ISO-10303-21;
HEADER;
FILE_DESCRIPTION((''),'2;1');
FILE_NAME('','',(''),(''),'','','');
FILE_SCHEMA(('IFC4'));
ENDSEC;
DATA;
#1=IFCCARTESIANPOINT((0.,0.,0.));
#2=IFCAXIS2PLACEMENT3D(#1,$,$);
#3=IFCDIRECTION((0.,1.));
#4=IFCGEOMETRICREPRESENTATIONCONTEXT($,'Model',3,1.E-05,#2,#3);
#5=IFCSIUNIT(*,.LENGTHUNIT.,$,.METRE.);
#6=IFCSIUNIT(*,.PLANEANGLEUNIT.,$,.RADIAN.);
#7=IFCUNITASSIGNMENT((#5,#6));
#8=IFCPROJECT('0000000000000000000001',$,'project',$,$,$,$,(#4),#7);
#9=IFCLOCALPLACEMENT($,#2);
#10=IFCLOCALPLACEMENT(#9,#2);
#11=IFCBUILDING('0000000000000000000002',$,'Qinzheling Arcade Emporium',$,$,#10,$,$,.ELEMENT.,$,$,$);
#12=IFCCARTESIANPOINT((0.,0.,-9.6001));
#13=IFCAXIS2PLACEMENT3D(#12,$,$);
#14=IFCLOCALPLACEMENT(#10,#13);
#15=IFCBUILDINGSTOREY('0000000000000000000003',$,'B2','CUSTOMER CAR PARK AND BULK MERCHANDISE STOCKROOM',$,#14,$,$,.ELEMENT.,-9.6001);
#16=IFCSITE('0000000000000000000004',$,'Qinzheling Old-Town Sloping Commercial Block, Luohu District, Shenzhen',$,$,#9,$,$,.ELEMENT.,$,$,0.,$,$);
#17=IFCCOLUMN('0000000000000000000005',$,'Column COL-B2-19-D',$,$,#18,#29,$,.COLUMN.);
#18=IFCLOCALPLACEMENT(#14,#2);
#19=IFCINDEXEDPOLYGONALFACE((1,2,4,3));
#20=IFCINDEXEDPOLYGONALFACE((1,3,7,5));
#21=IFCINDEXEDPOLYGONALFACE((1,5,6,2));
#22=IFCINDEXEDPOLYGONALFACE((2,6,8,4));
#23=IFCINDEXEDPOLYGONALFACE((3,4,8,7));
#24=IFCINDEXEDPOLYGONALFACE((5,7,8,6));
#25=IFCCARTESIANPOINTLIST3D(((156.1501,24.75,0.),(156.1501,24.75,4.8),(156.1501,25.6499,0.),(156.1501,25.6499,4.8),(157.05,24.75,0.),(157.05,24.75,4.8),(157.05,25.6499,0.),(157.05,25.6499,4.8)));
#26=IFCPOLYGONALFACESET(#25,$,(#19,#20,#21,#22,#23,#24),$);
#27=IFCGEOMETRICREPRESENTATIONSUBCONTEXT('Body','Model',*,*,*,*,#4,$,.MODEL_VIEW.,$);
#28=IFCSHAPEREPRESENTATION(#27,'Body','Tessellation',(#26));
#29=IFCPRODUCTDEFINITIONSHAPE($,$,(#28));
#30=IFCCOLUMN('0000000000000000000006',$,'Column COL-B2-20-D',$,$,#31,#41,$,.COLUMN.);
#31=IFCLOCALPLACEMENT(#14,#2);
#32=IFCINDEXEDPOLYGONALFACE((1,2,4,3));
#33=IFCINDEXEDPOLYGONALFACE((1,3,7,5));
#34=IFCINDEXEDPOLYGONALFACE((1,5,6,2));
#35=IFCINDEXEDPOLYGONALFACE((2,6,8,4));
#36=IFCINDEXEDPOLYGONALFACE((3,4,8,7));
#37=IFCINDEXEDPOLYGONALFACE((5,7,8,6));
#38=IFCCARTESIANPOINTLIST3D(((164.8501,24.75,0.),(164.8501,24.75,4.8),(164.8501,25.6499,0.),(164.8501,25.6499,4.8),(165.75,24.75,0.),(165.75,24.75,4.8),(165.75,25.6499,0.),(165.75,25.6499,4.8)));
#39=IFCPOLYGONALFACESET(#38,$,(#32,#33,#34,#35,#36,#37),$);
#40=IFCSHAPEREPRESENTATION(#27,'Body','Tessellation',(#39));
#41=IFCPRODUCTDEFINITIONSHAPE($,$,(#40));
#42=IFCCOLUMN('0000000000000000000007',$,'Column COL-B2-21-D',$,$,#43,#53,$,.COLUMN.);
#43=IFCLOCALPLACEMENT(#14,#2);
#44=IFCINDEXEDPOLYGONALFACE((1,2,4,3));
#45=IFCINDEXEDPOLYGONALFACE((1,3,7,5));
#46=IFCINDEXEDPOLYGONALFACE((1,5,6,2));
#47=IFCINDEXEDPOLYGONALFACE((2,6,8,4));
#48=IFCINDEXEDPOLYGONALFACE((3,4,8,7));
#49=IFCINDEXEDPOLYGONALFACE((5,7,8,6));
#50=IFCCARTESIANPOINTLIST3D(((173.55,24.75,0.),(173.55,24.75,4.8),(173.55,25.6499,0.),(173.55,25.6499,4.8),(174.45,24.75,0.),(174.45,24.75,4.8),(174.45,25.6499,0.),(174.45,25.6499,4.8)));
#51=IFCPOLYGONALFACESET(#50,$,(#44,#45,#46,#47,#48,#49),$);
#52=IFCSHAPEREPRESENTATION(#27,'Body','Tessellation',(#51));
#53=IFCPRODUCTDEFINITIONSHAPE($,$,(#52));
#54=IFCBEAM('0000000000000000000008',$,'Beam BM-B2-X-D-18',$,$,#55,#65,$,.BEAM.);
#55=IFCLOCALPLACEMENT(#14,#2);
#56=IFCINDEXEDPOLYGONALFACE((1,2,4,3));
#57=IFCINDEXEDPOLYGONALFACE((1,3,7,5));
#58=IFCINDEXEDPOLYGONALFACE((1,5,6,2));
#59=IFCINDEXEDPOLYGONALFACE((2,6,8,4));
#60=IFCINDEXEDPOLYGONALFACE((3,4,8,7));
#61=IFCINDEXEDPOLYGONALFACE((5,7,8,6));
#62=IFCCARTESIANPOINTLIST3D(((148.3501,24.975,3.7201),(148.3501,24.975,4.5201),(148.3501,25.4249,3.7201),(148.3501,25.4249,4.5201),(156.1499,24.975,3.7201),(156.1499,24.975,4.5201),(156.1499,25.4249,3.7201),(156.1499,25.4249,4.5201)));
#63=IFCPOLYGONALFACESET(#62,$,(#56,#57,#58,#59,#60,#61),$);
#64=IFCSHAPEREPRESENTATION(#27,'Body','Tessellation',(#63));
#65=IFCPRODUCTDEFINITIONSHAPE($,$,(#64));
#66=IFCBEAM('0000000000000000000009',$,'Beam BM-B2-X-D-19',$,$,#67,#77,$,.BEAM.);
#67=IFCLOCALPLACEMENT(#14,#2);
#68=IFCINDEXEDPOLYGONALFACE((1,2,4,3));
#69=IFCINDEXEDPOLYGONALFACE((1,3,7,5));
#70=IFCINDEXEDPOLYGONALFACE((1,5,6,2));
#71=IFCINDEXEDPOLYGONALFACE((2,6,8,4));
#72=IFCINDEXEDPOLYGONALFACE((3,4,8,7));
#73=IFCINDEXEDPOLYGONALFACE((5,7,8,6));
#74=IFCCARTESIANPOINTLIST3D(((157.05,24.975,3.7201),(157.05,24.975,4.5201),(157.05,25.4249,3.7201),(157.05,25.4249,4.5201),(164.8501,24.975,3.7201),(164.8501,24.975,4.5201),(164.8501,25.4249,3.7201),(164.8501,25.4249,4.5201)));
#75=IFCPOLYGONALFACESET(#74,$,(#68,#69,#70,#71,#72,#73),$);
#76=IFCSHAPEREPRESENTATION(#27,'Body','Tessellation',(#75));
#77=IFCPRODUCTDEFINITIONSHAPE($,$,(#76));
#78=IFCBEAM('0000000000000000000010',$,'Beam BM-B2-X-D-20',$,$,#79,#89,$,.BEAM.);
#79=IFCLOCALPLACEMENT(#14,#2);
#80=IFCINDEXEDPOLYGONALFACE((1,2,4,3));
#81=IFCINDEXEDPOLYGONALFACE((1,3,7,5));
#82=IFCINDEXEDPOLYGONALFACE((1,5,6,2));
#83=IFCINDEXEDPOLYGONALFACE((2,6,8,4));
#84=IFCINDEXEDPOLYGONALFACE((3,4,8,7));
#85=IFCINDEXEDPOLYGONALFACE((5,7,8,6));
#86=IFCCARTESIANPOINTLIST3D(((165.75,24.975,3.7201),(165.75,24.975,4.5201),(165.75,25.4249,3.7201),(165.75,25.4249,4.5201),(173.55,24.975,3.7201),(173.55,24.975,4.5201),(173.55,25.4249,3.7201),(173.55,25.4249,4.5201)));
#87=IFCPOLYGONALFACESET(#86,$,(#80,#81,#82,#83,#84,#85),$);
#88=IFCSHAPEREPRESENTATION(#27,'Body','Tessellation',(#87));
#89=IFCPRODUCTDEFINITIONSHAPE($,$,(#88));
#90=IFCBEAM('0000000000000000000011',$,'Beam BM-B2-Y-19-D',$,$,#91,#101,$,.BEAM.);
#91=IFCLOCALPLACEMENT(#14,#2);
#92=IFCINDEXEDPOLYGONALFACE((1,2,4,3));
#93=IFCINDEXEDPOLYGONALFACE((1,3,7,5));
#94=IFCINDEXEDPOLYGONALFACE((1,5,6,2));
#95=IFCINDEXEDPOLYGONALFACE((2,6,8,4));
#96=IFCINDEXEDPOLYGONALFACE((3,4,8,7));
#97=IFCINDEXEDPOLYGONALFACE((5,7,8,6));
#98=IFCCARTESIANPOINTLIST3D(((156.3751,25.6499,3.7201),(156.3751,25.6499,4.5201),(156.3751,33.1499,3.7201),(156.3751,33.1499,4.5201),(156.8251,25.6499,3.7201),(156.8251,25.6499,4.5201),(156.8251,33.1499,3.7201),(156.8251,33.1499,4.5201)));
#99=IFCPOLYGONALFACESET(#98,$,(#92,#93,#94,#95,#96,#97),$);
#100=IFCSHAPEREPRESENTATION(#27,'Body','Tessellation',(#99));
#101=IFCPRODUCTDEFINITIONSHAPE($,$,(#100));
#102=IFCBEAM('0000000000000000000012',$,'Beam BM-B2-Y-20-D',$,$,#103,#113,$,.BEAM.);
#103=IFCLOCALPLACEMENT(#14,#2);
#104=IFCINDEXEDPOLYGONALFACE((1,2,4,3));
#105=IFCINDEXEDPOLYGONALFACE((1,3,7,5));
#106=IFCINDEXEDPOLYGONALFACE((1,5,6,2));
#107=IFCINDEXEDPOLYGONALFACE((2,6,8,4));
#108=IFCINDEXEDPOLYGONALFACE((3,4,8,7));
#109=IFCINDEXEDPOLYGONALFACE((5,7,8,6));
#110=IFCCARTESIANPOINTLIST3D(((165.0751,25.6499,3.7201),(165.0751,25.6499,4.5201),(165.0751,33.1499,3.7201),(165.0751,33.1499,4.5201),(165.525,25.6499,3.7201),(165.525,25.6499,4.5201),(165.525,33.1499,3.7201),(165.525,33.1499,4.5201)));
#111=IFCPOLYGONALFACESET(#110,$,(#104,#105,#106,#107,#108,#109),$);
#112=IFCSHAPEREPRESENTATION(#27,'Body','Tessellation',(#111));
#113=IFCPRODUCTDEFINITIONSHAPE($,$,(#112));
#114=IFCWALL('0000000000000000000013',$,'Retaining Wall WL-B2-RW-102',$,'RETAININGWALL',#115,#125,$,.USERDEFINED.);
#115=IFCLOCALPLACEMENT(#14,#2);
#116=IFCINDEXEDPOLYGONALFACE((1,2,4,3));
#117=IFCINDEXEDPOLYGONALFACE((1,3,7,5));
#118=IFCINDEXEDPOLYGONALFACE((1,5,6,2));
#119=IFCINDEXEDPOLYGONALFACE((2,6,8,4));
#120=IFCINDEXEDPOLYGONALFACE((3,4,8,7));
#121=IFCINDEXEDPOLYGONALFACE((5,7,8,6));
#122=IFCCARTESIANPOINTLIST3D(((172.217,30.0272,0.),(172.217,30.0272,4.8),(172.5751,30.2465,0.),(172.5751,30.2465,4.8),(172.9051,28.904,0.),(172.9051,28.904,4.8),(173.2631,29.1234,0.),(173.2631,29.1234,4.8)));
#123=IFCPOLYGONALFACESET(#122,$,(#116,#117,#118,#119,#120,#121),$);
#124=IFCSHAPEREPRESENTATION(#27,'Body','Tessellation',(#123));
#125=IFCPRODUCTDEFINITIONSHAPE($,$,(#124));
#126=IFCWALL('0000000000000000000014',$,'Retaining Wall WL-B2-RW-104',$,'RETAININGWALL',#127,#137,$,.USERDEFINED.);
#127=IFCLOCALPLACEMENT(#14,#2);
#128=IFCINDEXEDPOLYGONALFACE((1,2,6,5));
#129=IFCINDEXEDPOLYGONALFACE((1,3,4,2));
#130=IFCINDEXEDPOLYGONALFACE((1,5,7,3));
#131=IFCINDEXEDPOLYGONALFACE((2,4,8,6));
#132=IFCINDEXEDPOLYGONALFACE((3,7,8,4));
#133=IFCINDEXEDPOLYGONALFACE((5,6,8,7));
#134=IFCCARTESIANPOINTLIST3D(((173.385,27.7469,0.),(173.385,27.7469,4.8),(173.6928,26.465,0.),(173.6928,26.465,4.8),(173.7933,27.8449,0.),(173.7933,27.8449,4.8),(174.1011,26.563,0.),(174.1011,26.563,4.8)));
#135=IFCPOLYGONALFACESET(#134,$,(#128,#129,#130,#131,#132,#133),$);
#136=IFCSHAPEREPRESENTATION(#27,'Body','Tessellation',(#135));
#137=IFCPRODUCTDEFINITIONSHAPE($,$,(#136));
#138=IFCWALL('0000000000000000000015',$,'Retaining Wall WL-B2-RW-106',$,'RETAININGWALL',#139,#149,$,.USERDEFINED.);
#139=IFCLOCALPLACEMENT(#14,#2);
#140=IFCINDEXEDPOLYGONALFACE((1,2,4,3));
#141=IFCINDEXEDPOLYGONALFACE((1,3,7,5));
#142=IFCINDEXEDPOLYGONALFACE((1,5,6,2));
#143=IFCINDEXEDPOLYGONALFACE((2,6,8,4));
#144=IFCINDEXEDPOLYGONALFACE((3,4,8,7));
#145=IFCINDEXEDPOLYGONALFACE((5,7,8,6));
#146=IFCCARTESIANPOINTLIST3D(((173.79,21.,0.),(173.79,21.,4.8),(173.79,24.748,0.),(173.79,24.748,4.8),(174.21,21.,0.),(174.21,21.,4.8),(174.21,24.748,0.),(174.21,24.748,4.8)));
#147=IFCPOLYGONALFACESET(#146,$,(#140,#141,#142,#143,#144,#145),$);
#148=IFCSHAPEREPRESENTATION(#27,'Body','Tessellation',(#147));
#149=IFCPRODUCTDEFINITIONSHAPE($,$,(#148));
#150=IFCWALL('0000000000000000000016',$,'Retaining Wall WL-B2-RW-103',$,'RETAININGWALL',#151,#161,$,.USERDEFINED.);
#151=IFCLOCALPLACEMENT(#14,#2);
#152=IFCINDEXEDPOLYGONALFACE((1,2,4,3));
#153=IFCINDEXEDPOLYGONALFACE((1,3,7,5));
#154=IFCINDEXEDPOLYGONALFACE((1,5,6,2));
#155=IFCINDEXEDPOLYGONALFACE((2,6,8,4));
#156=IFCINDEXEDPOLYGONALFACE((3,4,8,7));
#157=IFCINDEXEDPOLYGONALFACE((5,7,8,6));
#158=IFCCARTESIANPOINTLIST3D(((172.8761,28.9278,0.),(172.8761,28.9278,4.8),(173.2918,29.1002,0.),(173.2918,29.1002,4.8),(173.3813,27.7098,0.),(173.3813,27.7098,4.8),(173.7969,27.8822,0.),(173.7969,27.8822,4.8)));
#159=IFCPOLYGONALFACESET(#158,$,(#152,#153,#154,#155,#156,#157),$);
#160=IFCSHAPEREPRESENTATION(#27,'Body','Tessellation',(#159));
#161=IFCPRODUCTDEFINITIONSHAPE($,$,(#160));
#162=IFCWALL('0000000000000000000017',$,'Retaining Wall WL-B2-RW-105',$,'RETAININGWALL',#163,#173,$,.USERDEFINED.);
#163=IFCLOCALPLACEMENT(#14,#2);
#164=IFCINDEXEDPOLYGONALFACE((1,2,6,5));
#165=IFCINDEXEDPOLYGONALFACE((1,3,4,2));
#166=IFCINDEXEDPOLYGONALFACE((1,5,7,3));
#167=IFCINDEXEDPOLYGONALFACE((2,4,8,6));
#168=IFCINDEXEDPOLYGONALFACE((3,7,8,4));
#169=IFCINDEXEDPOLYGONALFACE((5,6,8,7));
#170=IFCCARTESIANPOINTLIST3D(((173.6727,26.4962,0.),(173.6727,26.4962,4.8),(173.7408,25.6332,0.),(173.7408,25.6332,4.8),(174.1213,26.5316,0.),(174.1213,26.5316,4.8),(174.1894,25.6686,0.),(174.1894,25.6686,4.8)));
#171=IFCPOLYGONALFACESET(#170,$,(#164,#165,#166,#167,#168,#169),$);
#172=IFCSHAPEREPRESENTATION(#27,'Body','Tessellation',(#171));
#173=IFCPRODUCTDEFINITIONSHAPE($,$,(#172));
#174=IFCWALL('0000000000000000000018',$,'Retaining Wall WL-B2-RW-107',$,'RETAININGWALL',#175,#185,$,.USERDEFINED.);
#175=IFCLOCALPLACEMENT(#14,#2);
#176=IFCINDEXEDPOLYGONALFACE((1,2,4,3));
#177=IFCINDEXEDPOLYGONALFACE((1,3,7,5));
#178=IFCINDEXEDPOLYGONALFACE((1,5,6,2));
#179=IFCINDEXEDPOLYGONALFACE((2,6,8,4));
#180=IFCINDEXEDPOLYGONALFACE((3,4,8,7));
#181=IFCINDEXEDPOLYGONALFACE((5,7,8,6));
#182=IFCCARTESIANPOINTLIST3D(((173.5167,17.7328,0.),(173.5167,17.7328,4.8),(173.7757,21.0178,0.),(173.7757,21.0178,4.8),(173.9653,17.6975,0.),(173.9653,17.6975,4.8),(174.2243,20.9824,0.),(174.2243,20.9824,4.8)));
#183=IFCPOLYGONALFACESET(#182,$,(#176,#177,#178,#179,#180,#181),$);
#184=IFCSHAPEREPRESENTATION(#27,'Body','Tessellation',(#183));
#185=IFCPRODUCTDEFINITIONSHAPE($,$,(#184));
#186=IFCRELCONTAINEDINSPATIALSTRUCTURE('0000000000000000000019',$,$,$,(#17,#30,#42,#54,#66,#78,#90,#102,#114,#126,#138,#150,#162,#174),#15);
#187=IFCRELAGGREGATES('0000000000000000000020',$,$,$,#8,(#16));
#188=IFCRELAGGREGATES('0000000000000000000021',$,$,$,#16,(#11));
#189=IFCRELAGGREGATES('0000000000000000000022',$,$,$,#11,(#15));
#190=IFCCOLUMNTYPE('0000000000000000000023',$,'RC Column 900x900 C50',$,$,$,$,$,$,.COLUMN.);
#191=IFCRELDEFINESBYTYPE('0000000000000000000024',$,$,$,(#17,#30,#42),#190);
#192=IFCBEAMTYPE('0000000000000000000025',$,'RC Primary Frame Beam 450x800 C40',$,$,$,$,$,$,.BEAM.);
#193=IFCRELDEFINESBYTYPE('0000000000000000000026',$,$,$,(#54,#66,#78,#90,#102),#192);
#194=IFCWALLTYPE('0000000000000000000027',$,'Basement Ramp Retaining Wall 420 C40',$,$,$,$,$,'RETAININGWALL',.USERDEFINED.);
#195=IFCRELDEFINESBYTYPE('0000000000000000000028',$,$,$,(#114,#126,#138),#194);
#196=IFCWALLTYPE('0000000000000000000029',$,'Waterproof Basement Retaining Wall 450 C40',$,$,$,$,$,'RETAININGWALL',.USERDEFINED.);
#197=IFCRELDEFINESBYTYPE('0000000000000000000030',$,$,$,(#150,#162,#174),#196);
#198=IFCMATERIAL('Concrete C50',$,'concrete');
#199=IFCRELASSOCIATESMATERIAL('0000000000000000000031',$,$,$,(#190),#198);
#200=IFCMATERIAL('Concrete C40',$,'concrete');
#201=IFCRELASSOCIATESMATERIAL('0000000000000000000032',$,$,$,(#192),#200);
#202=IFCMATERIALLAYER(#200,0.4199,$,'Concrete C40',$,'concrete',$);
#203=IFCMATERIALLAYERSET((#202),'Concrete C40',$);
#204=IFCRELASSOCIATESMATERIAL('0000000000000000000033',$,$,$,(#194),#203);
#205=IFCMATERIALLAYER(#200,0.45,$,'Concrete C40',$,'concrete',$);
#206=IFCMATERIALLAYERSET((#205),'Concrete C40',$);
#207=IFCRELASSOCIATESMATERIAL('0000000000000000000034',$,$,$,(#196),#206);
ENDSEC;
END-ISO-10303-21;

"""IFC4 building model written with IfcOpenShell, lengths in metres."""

from ifc_helpers import new_model, si_unit, direction, frame, frame_2d, origin, origin_2d, place, context, subcontext, project, spatial, rectangle, extrude, material, layer, layer_set, material_profile, profile_set, type_object, element, save


model = new_model("IFC4")

# Units and contexts
model_context = context("Model", 3, precision=1e-05, world=origin(), true_north=direction((0.0, 1.0)))
body_context = subcontext(model_context, "Body", "Model", "MODEL_VIEW")
ifc_project = project(units=[si_unit("LENGTHUNIT", "METRE"), si_unit("PLANEANGLEUNIT", "RADIAN")], contexts=[model_context])

# Site, building, storey
site_placement = place(None, origin())
site = spatial("IfcSite", under=ifc_project, at=site_placement, Name="Qinzheling Old-Town Sloping Commercial Block, Luohu District, Shenzhen", CompositionType="ELEMENT", RefElevation=0.0)
building_placement = place(site_placement, origin())
building = spatial("IfcBuilding", under=site, at=building_placement, Name="Qinzheling Arcade Emporium", CompositionType="ELEMENT")
storey_placement = place(building_placement, frame((0.0, 0.0, -9.6001)))
storey = spatial("IfcBuildingStorey", under=building, at=storey_placement, Name="B2", Description="CUSTOMER CAR PARK AND BULK MERCHANDISE STOCKROOM", CompositionType="ELEMENT", Elevation=-9.6001)

# Shared definitions
ifc_material_1 = material(Name="Concrete C40", Category="concrete")

# Columns
ifc_material_2 = material(Name="Concrete C50", Category="concrete")
ifc_material_profile_1 = material_profile(ifc_material_2, rectangle(XDim=0.8999, YDim=0.8999, at=origin_2d()), Name="RC 900x900", Category="concrete")
ifc_profile_set_1 = profile_set([ifc_material_profile_1], Name="Concrete C50")
column_type = type_object("IfcColumnType", Name="RC Column 900x900 C50", PredefinedType="COLUMN", material=ifc_profile_set_1)
for number, where, z_axis, x_axis, name in (
    (1, (156.6001, 25.2, 0.0), (0.0, 0.0, 1.0), (1.0, 0.0, 0.0), "Column COL-B2-19-D"),
    (2, (165.3, 25.2, 0.0), (0.0, 0.0, 1.0), (1.0, 0.0, 0.0), "Column COL-B2-20-D"),
    (3, (174.0, 25.2, 0.0), (0.0, 0.0, 1.0), (1.0, 0.0, 0.0), "Column COL-B2-21-D"),
):
    element("IfcColumn", number, at=place(storey_placement, frame(where, z_axis=z_axis, x_axis=x_axis)), inside=storey, type_object=column_type, Name=name, PredefinedType="COLUMN", context=body_context, shape_type="SweptSolid", body=[
        extrude(rectangle(XDim=0.8999, YDim=0.8999, at=origin_2d()), origin(), (0.0, 0.0, 1.0), 4.8),
    ])

# Beams
ifc_material_profile_2 = material_profile(ifc_material_1, rectangle(XDim=0.45, YDim=0.8, at=origin_2d()), Name="RC 450x800", Category="concrete")
ifc_profile_set_2 = profile_set([ifc_material_profile_2], Name="Concrete C40")
beam_type = type_object("IfcBeamType", Name="RC Primary Frame Beam 450x800 C40", PredefinedType="BEAM", material=ifc_profile_set_2)
beam_placement = place(storey_placement, frame((148.3501, 25.2, 4.1201), z_axis=(1.0, 0.0, 0.0), x_axis=(0.0, 1.0, 0.0)))
element("IfcBeam", 4, at=beam_placement, inside=storey, type_object=beam_type, Name="Beam BM-B2-X-D-18", PredefinedType="BEAM", context=body_context, shape_type="SweptSolid", body=[
    extrude(rectangle(XDim=0.45, YDim=0.8, at=origin_2d()), origin(), (0.0, 0.0, 1.0), 7.7998),
])
for number, where, z_axis, x_axis, name in (
    (5, (157.05, 25.2, 4.1201), (1.0, 0.0, 0.0), (0.0, 1.0, 0.0), "Beam BM-B2-X-D-19"),
    (6, (165.75, 25.2, 4.1201), (1.0, 0.0, 0.0), (0.0, 1.0, 0.0), "Beam BM-B2-X-D-20"),
):
    element("IfcBeam", number, at=place(storey_placement, frame(where, z_axis=z_axis, x_axis=x_axis)), inside=storey, type_object=beam_type, Name=name, PredefinedType="BEAM", context=body_context, shape_type="SweptSolid", body=[
        extrude(rectangle(XDim=0.45, YDim=0.8, at=origin_2d()), origin(), (0.0, 0.0, 1.0), 7.8),
    ])
for number, where, z_axis, x_axis, name in (
    (7, (156.6001, 25.6499, 4.1201), (0.0, 1.0, 0.0), (-1.0, 0.0, 0.0), "Beam BM-B2-Y-19-D"),
    (8, (165.3, 25.6499, 4.1201), (0.0, 1.0, 0.0), (-1.0, 0.0, 0.0), "Beam BM-B2-Y-20-D"),
):
    element("IfcBeam", number, at=place(storey_placement, frame(where, z_axis=z_axis, x_axis=x_axis)), inside=storey, type_object=beam_type, Name=name, PredefinedType="BEAM", context=body_context, shape_type="SweptSolid", body=[
        extrude(rectangle(XDim=0.45, YDim=0.8, at=origin_2d()), origin(), (0.0, 0.0, 1.0), 7.5),
    ])

# Walls
ifc_layer_1 = layer(ifc_material_1, 0.4199, Name="Concrete C40", Category="concrete")
ifc_layer_set_1 = layer_set([ifc_layer_1], Name="Concrete C40")
wall_type_1 = type_object("IfcWallType", Name="Basement Ramp Retaining Wall 420 C40", ElementType="RETAININGWALL", PredefinedType="USERDEFINED", material=ifc_layer_set_1)
wall_1_placement = place(storey_placement, frame((172.396, 30.137, 0.0), z_axis=(0.0, 0.0, 1.0), x_axis=(0.522379, -0.852713, 0.0)))
element("IfcWall", 9, at=wall_1_placement, inside=storey, type_object=wall_type_1, Name="Retaining Wall WL-B2-RW-102", ObjectType="RETAININGWALL", PredefinedType="USERDEFINED", context=body_context, shape_type="SweptSolid", body=[
    extrude(rectangle(XDim=1.3171, YDim=0.4199, at=frame_2d((0.6587, 0.0))), origin(), (0.0, 0.0, 1.0), 4.8),
])
wall_2_placement = place(storey_placement, frame((173.5891, 27.7959, 0.0), z_axis=(0.0, 0.0, 1.0), x_axis=(0.233506, -0.972355, 0.0)))
element("IfcWall", 10, at=wall_2_placement, inside=storey, type_object=wall_type_1, Name="Retaining Wall WL-B2-RW-104", ObjectType="RETAININGWALL", PredefinedType="USERDEFINED", context=body_context, shape_type="SweptSolid", body=[
    extrude(rectangle(XDim=1.3184, YDim=0.4199, at=frame_2d((0.6592, 0.0))), origin(), (0.0, 0.0, 1.0), 4.8),
])
wall_3_placement = place(storey_placement, frame((174.0, 24.748, 0.0), z_axis=(0.0, 0.0, 1.0), x_axis=(0.0, -1.0, 0.0)))
element("IfcWall", 11, at=wall_3_placement, inside=storey, type_object=wall_type_1, Name="Retaining Wall WL-B2-RW-106", ObjectType="RETAININGWALL", PredefinedType="USERDEFINED", context=body_context, shape_type="SweptSolid", body=[
    extrude(rectangle(XDim=3.748, YDim=0.4199, at=frame_2d((1.874, 0.0))), origin(), (0.0, 0.0, 1.0), 4.8),
])
ifc_layer_2 = layer(ifc_material_1, 0.45, Name="Concrete C40", Category="concrete")
ifc_layer_set_2 = layer_set([ifc_layer_2], Name="Concrete C40")
wall_type_2 = type_object("IfcWallType", Name="Waterproof Basement Retaining Wall 450 C40", ElementType="RETAININGWALL", PredefinedType="USERDEFINED", material=ifc_layer_set_2)
wall_4_placement = place(storey_placement, frame((173.084, 29.0139, 0.0), z_axis=(0.0, 0.0, 1.0), x_axis=(0.383077, -0.923717, 0.0)))
element("IfcWall", 12, at=wall_4_placement, inside=storey, type_object=wall_type_2, Name="Retaining Wall WL-B2-RW-103", ObjectType="RETAININGWALL", PredefinedType="USERDEFINED", context=body_context, shape_type="SweptSolid", body=[
    extrude(rectangle(XDim=1.3186, YDim=0.45, at=frame_2d((0.6592, 0.0))), origin(), (0.0, 0.0, 1.0), 4.8),
])
wall_5_placement = place(storey_placement, frame((173.897, 26.5139, 0.0), z_axis=(0.0, 0.0, 1.0), x_axis=(0.07868, -0.9969, 0.0)))
element("IfcWall", 13, at=wall_5_placement, inside=storey, type_object=wall_type_2, Name="Retaining Wall WL-B2-RW-105", ObjectType="RETAININGWALL", PredefinedType="USERDEFINED", context=body_context, shape_type="SweptSolid", body=[
    extrude(rectangle(XDim=0.8657, YDim=0.45, at=frame_2d((0.4329, 0.0))), origin(), (0.0, 0.0, 1.0), 4.8),
])
wall_6_placement = place(storey_placement, frame((174.0, 21.0, 0.0), z_axis=(0.0, 0.0, 1.0), x_axis=(-0.078611, -0.996905, 0.0)))
element("IfcWall", 14, at=wall_6_placement, inside=storey, type_object=wall_type_2, Name="Retaining Wall WL-B2-RW-107", ObjectType="RETAININGWALL", PredefinedType="USERDEFINED", context=body_context, shape_type="SweptSolid", body=[
    extrude(rectangle(XDim=3.2952, YDim=0.45, at=frame_2d((1.6475, 0.0))), origin(), (0.0, 0.0, 1.0), 4.8),
])

save(model, "model.ifc")
